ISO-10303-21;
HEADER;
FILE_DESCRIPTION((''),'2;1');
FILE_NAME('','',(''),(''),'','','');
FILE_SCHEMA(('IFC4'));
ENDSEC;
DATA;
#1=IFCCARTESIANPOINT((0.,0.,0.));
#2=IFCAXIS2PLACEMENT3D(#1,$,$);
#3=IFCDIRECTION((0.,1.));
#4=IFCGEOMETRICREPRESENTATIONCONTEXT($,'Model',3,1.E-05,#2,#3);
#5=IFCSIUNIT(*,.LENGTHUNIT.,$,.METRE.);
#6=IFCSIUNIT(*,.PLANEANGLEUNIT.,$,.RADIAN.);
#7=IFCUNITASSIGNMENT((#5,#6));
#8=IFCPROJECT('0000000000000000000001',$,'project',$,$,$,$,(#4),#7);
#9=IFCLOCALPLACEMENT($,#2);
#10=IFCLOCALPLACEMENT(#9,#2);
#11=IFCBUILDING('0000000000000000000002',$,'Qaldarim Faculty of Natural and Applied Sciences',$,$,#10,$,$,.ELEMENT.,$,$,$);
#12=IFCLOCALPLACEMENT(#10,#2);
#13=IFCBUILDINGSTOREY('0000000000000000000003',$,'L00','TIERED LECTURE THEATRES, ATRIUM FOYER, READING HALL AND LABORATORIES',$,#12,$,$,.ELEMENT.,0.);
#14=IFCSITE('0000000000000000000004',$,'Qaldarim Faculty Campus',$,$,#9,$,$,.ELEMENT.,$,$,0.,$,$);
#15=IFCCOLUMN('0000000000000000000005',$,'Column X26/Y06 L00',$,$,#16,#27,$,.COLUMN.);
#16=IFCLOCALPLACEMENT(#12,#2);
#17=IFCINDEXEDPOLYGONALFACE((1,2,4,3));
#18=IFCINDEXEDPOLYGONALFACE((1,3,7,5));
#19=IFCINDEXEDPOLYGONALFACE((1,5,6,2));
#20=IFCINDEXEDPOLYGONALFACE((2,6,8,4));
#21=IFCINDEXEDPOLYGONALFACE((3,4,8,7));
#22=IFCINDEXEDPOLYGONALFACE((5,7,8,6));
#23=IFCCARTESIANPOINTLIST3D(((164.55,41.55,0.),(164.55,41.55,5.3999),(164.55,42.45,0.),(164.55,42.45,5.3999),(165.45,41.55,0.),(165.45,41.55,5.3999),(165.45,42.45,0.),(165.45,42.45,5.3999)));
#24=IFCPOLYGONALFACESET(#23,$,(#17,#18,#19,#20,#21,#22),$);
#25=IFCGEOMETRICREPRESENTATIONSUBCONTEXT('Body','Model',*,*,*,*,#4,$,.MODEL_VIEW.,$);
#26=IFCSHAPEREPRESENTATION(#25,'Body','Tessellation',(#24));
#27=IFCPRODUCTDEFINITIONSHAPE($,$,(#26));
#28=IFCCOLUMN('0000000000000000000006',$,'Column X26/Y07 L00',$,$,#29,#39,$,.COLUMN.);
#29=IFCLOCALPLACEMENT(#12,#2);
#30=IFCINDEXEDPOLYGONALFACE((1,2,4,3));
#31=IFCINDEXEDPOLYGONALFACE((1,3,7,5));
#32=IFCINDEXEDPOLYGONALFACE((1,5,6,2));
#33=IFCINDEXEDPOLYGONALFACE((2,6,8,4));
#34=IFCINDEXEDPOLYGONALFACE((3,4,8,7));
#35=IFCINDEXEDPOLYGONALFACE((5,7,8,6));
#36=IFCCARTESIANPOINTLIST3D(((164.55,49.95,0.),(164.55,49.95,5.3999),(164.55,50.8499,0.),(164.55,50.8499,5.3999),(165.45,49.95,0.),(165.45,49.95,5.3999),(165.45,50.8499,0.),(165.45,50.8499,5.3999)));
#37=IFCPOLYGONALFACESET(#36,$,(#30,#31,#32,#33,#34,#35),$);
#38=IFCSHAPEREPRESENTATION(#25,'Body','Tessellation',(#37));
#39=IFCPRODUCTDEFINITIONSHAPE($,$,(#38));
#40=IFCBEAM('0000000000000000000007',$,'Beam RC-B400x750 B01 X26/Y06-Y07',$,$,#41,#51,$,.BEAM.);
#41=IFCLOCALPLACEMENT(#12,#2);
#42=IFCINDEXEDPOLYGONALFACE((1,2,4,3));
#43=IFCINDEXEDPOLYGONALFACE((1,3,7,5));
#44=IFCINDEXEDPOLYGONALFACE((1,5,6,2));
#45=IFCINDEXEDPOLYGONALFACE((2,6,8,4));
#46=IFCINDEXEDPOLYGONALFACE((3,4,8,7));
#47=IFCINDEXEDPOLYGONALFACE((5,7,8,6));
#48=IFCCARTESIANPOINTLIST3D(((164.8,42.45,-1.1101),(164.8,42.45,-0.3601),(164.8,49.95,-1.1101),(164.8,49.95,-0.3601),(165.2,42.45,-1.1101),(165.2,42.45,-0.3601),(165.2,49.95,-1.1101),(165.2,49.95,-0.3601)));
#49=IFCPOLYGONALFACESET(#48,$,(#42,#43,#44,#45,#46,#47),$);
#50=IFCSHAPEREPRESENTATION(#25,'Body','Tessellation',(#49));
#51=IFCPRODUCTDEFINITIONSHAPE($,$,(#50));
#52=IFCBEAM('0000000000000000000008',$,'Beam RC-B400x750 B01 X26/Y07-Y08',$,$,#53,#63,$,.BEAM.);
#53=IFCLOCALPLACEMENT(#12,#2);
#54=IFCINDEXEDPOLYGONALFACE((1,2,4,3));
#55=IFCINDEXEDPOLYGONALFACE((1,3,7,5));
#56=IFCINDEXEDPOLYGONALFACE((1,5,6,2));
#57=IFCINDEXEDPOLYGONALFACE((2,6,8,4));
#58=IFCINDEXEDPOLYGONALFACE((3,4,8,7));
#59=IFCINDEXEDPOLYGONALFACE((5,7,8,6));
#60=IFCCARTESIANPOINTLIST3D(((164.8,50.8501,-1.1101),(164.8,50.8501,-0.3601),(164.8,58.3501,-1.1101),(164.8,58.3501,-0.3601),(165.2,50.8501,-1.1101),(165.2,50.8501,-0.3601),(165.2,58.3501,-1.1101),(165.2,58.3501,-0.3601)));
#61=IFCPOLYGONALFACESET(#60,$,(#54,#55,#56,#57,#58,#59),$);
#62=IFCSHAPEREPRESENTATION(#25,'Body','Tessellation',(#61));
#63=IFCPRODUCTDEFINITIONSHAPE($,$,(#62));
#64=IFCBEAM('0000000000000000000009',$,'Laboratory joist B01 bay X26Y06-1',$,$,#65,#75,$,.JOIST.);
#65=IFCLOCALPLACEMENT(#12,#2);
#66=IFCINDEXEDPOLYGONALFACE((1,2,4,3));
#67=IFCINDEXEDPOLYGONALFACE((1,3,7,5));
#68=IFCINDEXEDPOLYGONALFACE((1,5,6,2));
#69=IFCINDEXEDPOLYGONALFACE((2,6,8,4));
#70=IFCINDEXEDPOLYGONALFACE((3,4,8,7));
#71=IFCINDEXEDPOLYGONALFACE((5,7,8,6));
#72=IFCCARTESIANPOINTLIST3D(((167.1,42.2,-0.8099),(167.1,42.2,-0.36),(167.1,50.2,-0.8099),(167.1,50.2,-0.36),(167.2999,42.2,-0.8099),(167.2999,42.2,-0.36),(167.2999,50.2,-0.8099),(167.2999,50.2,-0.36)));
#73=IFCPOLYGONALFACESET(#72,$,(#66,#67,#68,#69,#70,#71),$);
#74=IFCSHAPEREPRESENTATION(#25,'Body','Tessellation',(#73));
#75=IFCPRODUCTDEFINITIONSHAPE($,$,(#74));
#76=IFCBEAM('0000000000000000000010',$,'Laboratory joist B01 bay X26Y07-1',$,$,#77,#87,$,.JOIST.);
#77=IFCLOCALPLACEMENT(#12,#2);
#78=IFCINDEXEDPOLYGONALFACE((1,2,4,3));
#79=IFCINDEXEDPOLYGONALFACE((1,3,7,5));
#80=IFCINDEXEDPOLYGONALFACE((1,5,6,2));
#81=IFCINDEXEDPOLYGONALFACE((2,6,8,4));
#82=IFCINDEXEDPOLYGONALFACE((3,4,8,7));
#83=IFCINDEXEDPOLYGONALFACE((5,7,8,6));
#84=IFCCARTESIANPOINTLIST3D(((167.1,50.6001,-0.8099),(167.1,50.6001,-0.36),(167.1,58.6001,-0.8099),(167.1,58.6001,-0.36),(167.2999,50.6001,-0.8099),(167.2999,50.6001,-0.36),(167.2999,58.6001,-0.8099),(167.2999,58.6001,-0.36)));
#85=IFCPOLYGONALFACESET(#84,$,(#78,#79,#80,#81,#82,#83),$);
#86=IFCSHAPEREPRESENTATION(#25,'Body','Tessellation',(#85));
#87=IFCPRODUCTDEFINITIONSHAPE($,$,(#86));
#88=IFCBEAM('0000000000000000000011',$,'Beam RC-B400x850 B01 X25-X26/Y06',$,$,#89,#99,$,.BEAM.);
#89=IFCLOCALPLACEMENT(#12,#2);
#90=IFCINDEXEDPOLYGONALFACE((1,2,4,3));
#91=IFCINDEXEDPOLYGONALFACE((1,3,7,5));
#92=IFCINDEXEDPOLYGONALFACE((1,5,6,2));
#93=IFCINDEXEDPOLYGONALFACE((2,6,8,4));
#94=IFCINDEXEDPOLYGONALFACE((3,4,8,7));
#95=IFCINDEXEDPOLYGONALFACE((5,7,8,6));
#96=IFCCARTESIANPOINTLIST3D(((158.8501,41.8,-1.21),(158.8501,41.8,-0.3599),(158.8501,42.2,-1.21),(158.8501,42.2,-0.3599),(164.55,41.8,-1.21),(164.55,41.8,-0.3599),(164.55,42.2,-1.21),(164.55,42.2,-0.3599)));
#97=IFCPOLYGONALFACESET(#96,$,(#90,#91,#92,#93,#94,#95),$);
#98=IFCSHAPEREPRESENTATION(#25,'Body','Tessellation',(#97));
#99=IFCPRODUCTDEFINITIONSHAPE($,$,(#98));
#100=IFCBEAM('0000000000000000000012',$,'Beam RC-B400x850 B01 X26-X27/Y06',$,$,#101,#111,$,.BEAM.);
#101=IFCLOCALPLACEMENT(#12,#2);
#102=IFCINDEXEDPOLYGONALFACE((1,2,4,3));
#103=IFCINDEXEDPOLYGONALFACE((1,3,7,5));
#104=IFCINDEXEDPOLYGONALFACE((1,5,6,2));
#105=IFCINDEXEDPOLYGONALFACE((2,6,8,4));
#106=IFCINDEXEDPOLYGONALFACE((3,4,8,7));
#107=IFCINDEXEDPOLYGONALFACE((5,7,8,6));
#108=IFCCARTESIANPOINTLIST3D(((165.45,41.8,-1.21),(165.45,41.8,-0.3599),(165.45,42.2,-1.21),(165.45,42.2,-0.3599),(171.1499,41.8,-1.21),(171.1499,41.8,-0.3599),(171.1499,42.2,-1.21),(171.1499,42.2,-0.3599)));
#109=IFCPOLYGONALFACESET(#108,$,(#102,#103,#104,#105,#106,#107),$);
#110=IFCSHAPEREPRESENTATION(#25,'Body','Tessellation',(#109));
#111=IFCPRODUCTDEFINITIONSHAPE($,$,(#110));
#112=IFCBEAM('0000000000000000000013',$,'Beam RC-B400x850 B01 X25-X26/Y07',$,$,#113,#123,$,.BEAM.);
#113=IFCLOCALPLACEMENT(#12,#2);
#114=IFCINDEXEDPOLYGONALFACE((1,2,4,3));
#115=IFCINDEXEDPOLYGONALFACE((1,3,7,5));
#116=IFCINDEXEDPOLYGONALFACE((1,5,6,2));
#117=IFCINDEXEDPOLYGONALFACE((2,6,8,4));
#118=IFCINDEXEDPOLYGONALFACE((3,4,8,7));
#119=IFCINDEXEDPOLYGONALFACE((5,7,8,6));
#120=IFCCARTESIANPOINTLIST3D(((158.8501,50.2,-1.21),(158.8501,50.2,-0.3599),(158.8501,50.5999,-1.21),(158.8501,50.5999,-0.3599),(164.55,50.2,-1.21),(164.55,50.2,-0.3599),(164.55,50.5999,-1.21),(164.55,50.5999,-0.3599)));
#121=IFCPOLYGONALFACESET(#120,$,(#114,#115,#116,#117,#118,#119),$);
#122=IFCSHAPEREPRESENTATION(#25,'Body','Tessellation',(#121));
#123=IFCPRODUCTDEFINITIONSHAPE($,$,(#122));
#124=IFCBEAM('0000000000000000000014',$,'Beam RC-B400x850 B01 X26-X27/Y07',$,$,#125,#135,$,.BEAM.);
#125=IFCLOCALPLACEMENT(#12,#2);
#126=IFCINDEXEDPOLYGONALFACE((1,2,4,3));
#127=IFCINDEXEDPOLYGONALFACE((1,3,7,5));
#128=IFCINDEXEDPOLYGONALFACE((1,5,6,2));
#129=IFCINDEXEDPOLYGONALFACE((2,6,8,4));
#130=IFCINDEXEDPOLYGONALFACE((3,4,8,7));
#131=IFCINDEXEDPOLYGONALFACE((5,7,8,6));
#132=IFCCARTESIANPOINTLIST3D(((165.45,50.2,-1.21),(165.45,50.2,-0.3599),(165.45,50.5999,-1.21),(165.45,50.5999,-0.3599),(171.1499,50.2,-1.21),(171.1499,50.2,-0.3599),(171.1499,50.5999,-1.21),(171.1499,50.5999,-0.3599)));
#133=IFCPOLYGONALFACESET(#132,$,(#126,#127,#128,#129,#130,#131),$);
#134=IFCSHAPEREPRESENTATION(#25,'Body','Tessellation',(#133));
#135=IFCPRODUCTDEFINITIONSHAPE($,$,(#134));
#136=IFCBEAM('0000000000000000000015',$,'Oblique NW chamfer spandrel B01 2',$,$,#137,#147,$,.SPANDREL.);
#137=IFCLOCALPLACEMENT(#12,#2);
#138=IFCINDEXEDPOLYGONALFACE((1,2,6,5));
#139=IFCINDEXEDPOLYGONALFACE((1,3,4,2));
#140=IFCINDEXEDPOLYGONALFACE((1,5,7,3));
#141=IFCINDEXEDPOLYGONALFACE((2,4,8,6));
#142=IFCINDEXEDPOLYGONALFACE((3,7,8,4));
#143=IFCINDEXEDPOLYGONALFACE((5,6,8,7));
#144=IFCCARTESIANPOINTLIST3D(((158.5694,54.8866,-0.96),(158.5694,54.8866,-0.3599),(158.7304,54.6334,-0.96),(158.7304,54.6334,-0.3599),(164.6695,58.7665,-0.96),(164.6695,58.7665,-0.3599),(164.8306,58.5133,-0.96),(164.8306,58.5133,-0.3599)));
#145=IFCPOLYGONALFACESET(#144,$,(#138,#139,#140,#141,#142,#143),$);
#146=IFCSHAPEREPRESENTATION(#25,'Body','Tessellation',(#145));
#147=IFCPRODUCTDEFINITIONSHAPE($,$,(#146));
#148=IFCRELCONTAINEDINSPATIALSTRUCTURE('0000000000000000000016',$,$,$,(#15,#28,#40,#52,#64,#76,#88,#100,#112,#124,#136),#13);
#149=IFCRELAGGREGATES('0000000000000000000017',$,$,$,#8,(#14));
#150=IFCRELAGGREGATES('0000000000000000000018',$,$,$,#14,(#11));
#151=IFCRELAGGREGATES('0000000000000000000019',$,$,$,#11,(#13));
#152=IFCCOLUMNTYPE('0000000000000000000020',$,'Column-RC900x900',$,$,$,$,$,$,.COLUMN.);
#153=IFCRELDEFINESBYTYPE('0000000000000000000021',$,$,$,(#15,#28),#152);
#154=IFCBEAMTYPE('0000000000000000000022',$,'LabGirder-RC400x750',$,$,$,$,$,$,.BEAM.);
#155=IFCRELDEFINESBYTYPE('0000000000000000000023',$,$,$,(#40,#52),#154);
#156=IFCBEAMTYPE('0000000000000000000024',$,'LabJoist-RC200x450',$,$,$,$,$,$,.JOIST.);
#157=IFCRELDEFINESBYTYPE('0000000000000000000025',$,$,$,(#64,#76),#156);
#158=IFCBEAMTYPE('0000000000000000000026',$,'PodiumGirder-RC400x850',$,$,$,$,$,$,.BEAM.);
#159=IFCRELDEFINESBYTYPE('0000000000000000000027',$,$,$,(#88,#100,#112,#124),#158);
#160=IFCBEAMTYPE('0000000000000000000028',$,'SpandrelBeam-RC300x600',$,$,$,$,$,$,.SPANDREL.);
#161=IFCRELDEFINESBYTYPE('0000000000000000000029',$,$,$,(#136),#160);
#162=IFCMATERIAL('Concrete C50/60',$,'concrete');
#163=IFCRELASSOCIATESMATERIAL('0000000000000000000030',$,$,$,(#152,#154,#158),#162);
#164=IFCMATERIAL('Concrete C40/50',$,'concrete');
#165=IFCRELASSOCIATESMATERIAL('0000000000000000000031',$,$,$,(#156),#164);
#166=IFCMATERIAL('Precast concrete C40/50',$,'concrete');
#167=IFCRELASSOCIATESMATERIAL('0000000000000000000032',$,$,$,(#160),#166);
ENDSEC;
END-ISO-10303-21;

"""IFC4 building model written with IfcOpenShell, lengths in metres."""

from ifc_helpers import new_model, si_unit, direction, frame, origin, origin_2d, place, context, subcontext, project, spatial, rectangle, extrude, material, material_profile, profile_set, type_object, element, save


model = new_model("IFC4")

# Units and contexts
model_context = context("Model", 3, precision=1e-05, world=origin(), true_north=direction((0.0, 1.0)))
body_context = subcontext(model_context, "Body", "Model", "MODEL_VIEW")
ifc_project = project(units=[si_unit("LENGTHUNIT", "METRE"), si_unit("PLANEANGLEUNIT", "RADIAN")], contexts=[model_context])

# Site, building, storey
site_placement = place(None, origin())
site = spatial("IfcSite", under=ifc_project, at=site_placement, Name="Qaldarim Faculty Campus", CompositionType="ELEMENT", RefElevation=0.0)
building_placement = place(site_placement, origin())
building = spatial("IfcBuilding", under=site, at=building_placement, Name="Qaldarim Faculty of Natural and Applied Sciences", CompositionType="ELEMENT")
storey_placement = place(building_placement, origin())
storey = spatial("IfcBuildingStorey", under=building, at=storey_placement, Name="L00", Description="TIERED LECTURE THEATRES, ATRIUM FOYER, READING HALL AND LABORATORIES", CompositionType="ELEMENT", Elevation=0.0)

# Columns
ifc_material_1 = material(Name="Concrete C50/60", Category="concrete")
ifc_material_profile_1 = material_profile(ifc_material_1, rectangle(XDim=0.8999, YDim=0.8999, at=origin_2d()), Name="RC-C900x900")
ifc_profile_set_1 = profile_set([ifc_material_profile_1], Name="Concrete C50/60")
column_type = type_object("IfcColumnType", Name="Column-RC900x900", PredefinedType="COLUMN", material=ifc_profile_set_1)
for number, where, z_axis, x_axis, name in (
    (1, (165.0, 42.0, 0.0), (0.0, 0.0, 1.0), (1.0, 0.0, 0.0), "Column X26/Y06 L00"),
    (2, (165.0, 50.3999, 0.0), (0.0, 0.0, 1.0), (1.0, 0.0, 0.0), "Column X26/Y07 L00"),
):
    element("IfcColumn", number, at=place(storey_placement, frame(where, z_axis=z_axis, x_axis=x_axis)), inside=storey, type_object=column_type, Name=name, PredefinedType="COLUMN", context=body_context, shape_type="SweptSolid", body=[
        extrude(rectangle(XDim=0.8999, YDim=0.8999, at=origin_2d()), origin(), (0.0, 0.0, 1.0), 5.3999),
    ])

# Beams
ifc_material_profile_2 = material_profile(ifc_material_1, rectangle(XDim=0.3999, YDim=0.75, at=origin_2d()), Name="RC-B400x750")
ifc_profile_set_2 = profile_set([ifc_material_profile_2], Name="Concrete C50/60")
beam_type_1 = type_object("IfcBeamType", Name="LabGirder-RC400x750", PredefinedType="BEAM", material=ifc_profile_set_2)
for number, where, z_axis, x_axis, name in (
    (3, (165.0, 42.45, -0.7351), (0.0, 1.0, 0.0), (-1.0, 0.0, 0.0), "Beam RC-B400x750 B01 X26/Y06-Y07"),
    (4, (165.0, 50.8501, -0.7351), (0.0, 1.0, 0.0), (-1.0, 0.0, 0.0), "Beam RC-B400x750 B01 X26/Y07-Y08"),
):
    element("IfcBeam", number, at=place(storey_placement, frame(where, z_axis=z_axis, x_axis=x_axis)), inside=storey, type_object=beam_type_1, Name=name, PredefinedType="BEAM", context=body_context, shape_type="SweptSolid", body=[
        extrude(rectangle(XDim=0.3999, YDim=0.75, at=origin_2d()), origin(), (0.0, 0.0, 1.0), 7.5),
    ])
ifc_material_2 = material(Name="Concrete C40/50", Category="concrete")
ifc_material_profile_3 = material_profile(ifc_material_2, rectangle(XDim=0.2, YDim=0.45, at=origin_2d()), Name="RC-J200x450")
ifc_profile_set_3 = profile_set([ifc_material_profile_3], Name="Concrete C40/50")
beam_type_2 = type_object("IfcBeamType", Name="LabJoist-RC200x450", PredefinedType="JOIST", material=ifc_profile_set_3)
for number, where, z_axis, x_axis, name in (
    (5, (167.2, 42.2, -0.585), (0.0, 1.0, 0.0), (-1.0, 0.0, 0.0), "Laboratory joist B01 bay X26Y06-1"),
    (6, (167.2, 50.6001, -0.585), (0.0, 1.0, 0.0), (-1.0, 0.0, 0.0), "Laboratory joist B01 bay X26Y07-1"),
):
    element("IfcBeam", number, at=place(storey_placement, frame(where, z_axis=z_axis, x_axis=x_axis)), inside=storey, type_object=beam_type_2, Name=name, PredefinedType="JOIST", context=body_context, shape_type="SweptSolid", body=[
        extrude(rectangle(XDim=0.2, YDim=0.45, at=origin_2d()), origin(), (0.0, 0.0, 1.0), 8.0),
    ])
ifc_material_profile_4 = material_profile(ifc_material_1, rectangle(XDim=0.3999, YDim=0.8501, at=origin_2d()), Name="RC-B400x850")
ifc_profile_set_4 = profile_set([ifc_material_profile_4], Name="Concrete C50/60")
beam_type_3 = type_object("IfcBeamType", Name="PodiumGirder-RC400x850", PredefinedType="BEAM", material=ifc_profile_set_4)
for number, where, z_axis, x_axis, name in (
    (7, (158.8501, 42.0, -0.7849), (1.0, 0.0, 0.0), (0.0, 1.0, 0.0), "Beam RC-B400x850 B01 X25-X26/Y06"),
    (8, (165.45, 42.0, -0.7849), (1.0, 0.0, 0.0), (0.0, 1.0, 0.0), "Beam RC-B400x850 B01 X26-X27/Y06"),
    (9, (158.8501, 50.3999, -0.7849), (1.0, 0.0, 0.0), (0.0, 1.0, 0.0), "Beam RC-B400x850 B01 X25-X26/Y07"),
    (10, (165.45, 50.3999, -0.7849), (1.0, 0.0, 0.0), (0.0, 1.0, 0.0), "Beam RC-B400x850 B01 X26-X27/Y07"),
):
    element("IfcBeam", number, at=place(storey_placement, frame(where, z_axis=z_axis, x_axis=x_axis)), inside=storey, type_object=beam_type_3, Name=name, PredefinedType="BEAM", context=body_context, shape_type="SweptSolid", body=[
        extrude(rectangle(XDim=0.3999, YDim=0.8501, at=origin_2d()), origin(), (0.0, 0.0, 1.0), 5.7),
    ])
ifc_material_3 = material(Name="Precast concrete C40/50", Category="concrete")
ifc_material_profile_5 = material_profile(ifc_material_3, rectangle(XDim=0.3, YDim=0.6001, at=origin_2d()), Name="RC-SP300x600")
ifc_profile_set_5 = profile_set([ifc_material_profile_5], Name="Precast concrete C40/50")
beam_type_4 = type_object("IfcBeamType", Name="SpandrelBeam-RC300x600", PredefinedType="SPANDREL", material=ifc_profile_set_5)
beam_placement = place(storey_placement, frame((158.6499, 54.76, -0.6599), z_axis=(0.843787, 0.536679, 0.0), x_axis=(-0.536679, 0.843787, 0.0)))
element("IfcBeam", 11, at=beam_placement, inside=storey, type_object=beam_type_4, Name="Oblique NW chamfer spandrel B01 2", PredefinedType="SPANDREL", context=body_context, shape_type="SweptSolid", body=[
    extrude(rectangle(XDim=0.3, YDim=0.6001, at=origin_2d()), origin(), (0.0, 0.0, 1.0), 7.2295),
])

save(model, "model.ifc")
